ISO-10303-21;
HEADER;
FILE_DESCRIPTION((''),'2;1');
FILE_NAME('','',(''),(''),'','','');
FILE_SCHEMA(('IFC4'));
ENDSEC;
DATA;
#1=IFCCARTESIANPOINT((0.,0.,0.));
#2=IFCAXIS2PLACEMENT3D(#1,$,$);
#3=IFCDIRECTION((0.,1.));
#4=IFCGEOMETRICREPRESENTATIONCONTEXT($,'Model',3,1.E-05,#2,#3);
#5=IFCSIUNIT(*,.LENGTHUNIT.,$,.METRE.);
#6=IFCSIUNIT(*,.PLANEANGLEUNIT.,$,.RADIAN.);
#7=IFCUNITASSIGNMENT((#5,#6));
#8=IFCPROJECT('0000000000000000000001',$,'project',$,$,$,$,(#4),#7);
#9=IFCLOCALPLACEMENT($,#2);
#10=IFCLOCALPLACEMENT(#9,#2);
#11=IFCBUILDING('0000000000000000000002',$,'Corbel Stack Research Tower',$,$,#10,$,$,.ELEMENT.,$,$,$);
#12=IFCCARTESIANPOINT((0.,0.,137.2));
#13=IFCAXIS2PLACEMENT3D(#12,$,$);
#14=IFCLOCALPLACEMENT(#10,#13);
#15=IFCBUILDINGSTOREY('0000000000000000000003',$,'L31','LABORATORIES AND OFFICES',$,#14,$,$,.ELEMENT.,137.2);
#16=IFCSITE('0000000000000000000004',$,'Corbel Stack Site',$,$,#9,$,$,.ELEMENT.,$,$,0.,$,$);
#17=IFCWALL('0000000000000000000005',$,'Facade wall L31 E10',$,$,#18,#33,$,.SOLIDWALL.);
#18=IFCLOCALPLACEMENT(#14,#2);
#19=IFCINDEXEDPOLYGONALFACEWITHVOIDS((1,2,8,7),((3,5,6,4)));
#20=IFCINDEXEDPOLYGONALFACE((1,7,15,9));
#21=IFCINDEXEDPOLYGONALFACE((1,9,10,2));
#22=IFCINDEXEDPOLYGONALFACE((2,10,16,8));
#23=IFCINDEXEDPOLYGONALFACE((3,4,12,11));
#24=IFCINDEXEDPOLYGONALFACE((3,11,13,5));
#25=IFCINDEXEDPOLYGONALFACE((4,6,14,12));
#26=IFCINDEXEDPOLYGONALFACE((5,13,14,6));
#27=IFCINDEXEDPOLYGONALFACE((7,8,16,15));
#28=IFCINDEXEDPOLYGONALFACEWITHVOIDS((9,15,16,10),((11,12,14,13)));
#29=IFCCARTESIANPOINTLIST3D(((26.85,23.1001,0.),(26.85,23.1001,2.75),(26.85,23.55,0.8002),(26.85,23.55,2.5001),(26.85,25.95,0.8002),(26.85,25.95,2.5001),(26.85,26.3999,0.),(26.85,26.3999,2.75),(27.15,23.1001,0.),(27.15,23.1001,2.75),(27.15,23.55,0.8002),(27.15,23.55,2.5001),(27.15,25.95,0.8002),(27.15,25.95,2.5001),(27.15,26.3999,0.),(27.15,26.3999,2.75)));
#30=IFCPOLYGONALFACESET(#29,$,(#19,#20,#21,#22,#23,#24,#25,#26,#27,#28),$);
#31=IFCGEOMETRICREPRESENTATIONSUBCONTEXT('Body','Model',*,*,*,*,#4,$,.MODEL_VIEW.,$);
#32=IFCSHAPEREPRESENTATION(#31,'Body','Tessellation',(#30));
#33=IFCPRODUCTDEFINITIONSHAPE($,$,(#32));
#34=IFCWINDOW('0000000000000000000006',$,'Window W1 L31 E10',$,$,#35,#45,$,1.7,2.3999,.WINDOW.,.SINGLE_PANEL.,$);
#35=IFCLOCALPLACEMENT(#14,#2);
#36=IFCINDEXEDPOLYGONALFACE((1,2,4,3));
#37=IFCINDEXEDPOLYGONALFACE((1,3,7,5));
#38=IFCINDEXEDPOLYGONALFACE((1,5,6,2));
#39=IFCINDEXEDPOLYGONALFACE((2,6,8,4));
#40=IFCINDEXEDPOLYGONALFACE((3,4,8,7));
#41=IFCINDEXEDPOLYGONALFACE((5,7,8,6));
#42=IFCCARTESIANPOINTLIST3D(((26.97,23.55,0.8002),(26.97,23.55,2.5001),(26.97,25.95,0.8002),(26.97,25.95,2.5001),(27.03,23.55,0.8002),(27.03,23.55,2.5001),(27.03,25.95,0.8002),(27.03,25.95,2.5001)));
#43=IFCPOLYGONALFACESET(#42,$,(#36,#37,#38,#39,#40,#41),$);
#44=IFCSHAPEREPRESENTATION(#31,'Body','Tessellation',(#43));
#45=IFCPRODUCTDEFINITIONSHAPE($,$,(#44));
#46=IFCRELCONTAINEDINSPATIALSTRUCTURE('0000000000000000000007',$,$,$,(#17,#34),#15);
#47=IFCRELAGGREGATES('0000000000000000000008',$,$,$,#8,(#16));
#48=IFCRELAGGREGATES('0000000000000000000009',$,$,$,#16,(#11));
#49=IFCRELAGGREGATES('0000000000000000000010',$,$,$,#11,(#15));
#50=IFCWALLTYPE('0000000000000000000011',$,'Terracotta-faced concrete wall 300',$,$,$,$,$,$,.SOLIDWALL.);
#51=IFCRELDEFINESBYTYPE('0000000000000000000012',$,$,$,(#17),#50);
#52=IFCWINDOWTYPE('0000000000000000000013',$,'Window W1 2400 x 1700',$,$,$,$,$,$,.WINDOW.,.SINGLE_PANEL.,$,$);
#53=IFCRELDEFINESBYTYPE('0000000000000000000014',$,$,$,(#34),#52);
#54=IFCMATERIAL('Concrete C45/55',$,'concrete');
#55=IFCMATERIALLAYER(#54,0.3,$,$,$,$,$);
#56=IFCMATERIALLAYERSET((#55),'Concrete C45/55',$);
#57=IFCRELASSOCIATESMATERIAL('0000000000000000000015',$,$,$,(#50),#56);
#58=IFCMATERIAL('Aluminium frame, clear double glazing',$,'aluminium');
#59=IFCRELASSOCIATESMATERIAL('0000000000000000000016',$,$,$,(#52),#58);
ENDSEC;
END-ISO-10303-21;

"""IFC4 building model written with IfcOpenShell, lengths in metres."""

from ifc_helpers import new_model, si_unit, direction, frame, frame_2d, origin, place, context, subcontext, project, spatial, rectangle, extrude, material, layer, layer_set, type_object, element, fill, save


model = new_model("IFC4")

# Units and contexts
model_context = context("Model", 3, precision=1e-05, world=origin(), true_north=direction((0.0, 1.0)))
body_context = subcontext(model_context, "Body", "Model", "MODEL_VIEW")
ifc_project = project(units=[si_unit("LENGTHUNIT", "METRE"), si_unit("PLANEANGLEUNIT", "RADIAN")], contexts=[model_context])

# Site, building, storey
site_placement = place(None, origin())
site = spatial("IfcSite", under=ifc_project, at=site_placement, Name="Corbel Stack Site", CompositionType="ELEMENT", RefElevation=0.0)
building_placement = place(site_placement, origin())
building = spatial("IfcBuilding", under=site, at=building_placement, Name="Corbel Stack Research Tower", CompositionType="ELEMENT")
storey_placement = place(building_placement, frame((0.0, 0.0, 137.2)))
storey = spatial("IfcBuildingStorey", under=building, at=storey_placement, Name="L31", Description="LABORATORIES AND OFFICES", CompositionType="ELEMENT", Elevation=137.2)

# Shared definitions
ifc_material_1 = material(Name="Concrete C45/55", Category="concrete")
ifc_layer_1 = layer(ifc_material_1, 0.3)
ifc_layer_set_1 = layer_set([ifc_layer_1], Name="Concrete C45/55")
wall_type_1 = type_object("IfcWallType", Name="Terracotta-faced concrete wall 300", PredefinedType="SOLIDWALL", material=ifc_layer_set_1)

# Wall, opening, window
wall_1_placement = place(storey_placement, frame((27.0, 26.3999, 0.0), z_axis=(0.0, 0.0, 1.0), x_axis=(0.0, -1.0, 0.0)))
wall_1 = element("IfcWall", 1, at=wall_1_placement, inside=storey, type_object=wall_type_1, Name="Facade wall L31 E10", PredefinedType="SOLIDWALL", context=body_context, shape_type="SweptSolid", body=[
    extrude(rectangle(XDim=3.2998, YDim=0.3, at=frame_2d((1.6499, 0.0))), origin(), (0.0, 0.0, 1.0), 2.75),
])
opening_1_placement = place(wall_1_placement, frame((0.45, 0.0, 0.8)))
opening_1 = element("IfcOpeningElement", 2, at=opening_1_placement, cuts=wall_1, PredefinedType="OPENING", context=body_context, shape_type="SweptSolid", body=[
    extrude(rectangle(XDim=2.3999, YDim=1.7, at=frame_2d((1.2, 0.8501))), frame((0.0, 0.1599, 0.0), z_axis=(0.0, -1.0, 0.0), x_axis=(1.0, 0.0, 0.0)), (0.0, 0.0, 1.0), 0.3201),
])
ifc_material_2 = material(Name="Aluminium frame, clear double glazing", Category="aluminium")
window_type = type_object("IfcWindowType", Name="Window W1 2400 x 1700", PartitioningType="SINGLE_PANEL", PredefinedType="WINDOW", material=ifc_material_2)
window_placement = place(opening_1_placement, origin())
window = element("IfcWindow", 3, at=window_placement, inside=storey, type_object=window_type, Name="Window W1 L31 E10", OverallHeight=1.7, OverallWidth=2.3999, PartitioningType="SINGLE_PANEL", PredefinedType="WINDOW", context=body_context, shape_type="SweptSolid", body=[
    extrude(rectangle(XDim=2.3999, YDim=1.7, at=frame_2d((1.2, 0.8501))), frame((0.0, 0.03, 0.0), z_axis=(0.0, -1.0, 0.0), x_axis=(1.0, 0.0, 0.0)), (0.0, 0.0, 1.0), 0.0601),
])
fill(opening_1, window)

save(model, "model.ifc")
